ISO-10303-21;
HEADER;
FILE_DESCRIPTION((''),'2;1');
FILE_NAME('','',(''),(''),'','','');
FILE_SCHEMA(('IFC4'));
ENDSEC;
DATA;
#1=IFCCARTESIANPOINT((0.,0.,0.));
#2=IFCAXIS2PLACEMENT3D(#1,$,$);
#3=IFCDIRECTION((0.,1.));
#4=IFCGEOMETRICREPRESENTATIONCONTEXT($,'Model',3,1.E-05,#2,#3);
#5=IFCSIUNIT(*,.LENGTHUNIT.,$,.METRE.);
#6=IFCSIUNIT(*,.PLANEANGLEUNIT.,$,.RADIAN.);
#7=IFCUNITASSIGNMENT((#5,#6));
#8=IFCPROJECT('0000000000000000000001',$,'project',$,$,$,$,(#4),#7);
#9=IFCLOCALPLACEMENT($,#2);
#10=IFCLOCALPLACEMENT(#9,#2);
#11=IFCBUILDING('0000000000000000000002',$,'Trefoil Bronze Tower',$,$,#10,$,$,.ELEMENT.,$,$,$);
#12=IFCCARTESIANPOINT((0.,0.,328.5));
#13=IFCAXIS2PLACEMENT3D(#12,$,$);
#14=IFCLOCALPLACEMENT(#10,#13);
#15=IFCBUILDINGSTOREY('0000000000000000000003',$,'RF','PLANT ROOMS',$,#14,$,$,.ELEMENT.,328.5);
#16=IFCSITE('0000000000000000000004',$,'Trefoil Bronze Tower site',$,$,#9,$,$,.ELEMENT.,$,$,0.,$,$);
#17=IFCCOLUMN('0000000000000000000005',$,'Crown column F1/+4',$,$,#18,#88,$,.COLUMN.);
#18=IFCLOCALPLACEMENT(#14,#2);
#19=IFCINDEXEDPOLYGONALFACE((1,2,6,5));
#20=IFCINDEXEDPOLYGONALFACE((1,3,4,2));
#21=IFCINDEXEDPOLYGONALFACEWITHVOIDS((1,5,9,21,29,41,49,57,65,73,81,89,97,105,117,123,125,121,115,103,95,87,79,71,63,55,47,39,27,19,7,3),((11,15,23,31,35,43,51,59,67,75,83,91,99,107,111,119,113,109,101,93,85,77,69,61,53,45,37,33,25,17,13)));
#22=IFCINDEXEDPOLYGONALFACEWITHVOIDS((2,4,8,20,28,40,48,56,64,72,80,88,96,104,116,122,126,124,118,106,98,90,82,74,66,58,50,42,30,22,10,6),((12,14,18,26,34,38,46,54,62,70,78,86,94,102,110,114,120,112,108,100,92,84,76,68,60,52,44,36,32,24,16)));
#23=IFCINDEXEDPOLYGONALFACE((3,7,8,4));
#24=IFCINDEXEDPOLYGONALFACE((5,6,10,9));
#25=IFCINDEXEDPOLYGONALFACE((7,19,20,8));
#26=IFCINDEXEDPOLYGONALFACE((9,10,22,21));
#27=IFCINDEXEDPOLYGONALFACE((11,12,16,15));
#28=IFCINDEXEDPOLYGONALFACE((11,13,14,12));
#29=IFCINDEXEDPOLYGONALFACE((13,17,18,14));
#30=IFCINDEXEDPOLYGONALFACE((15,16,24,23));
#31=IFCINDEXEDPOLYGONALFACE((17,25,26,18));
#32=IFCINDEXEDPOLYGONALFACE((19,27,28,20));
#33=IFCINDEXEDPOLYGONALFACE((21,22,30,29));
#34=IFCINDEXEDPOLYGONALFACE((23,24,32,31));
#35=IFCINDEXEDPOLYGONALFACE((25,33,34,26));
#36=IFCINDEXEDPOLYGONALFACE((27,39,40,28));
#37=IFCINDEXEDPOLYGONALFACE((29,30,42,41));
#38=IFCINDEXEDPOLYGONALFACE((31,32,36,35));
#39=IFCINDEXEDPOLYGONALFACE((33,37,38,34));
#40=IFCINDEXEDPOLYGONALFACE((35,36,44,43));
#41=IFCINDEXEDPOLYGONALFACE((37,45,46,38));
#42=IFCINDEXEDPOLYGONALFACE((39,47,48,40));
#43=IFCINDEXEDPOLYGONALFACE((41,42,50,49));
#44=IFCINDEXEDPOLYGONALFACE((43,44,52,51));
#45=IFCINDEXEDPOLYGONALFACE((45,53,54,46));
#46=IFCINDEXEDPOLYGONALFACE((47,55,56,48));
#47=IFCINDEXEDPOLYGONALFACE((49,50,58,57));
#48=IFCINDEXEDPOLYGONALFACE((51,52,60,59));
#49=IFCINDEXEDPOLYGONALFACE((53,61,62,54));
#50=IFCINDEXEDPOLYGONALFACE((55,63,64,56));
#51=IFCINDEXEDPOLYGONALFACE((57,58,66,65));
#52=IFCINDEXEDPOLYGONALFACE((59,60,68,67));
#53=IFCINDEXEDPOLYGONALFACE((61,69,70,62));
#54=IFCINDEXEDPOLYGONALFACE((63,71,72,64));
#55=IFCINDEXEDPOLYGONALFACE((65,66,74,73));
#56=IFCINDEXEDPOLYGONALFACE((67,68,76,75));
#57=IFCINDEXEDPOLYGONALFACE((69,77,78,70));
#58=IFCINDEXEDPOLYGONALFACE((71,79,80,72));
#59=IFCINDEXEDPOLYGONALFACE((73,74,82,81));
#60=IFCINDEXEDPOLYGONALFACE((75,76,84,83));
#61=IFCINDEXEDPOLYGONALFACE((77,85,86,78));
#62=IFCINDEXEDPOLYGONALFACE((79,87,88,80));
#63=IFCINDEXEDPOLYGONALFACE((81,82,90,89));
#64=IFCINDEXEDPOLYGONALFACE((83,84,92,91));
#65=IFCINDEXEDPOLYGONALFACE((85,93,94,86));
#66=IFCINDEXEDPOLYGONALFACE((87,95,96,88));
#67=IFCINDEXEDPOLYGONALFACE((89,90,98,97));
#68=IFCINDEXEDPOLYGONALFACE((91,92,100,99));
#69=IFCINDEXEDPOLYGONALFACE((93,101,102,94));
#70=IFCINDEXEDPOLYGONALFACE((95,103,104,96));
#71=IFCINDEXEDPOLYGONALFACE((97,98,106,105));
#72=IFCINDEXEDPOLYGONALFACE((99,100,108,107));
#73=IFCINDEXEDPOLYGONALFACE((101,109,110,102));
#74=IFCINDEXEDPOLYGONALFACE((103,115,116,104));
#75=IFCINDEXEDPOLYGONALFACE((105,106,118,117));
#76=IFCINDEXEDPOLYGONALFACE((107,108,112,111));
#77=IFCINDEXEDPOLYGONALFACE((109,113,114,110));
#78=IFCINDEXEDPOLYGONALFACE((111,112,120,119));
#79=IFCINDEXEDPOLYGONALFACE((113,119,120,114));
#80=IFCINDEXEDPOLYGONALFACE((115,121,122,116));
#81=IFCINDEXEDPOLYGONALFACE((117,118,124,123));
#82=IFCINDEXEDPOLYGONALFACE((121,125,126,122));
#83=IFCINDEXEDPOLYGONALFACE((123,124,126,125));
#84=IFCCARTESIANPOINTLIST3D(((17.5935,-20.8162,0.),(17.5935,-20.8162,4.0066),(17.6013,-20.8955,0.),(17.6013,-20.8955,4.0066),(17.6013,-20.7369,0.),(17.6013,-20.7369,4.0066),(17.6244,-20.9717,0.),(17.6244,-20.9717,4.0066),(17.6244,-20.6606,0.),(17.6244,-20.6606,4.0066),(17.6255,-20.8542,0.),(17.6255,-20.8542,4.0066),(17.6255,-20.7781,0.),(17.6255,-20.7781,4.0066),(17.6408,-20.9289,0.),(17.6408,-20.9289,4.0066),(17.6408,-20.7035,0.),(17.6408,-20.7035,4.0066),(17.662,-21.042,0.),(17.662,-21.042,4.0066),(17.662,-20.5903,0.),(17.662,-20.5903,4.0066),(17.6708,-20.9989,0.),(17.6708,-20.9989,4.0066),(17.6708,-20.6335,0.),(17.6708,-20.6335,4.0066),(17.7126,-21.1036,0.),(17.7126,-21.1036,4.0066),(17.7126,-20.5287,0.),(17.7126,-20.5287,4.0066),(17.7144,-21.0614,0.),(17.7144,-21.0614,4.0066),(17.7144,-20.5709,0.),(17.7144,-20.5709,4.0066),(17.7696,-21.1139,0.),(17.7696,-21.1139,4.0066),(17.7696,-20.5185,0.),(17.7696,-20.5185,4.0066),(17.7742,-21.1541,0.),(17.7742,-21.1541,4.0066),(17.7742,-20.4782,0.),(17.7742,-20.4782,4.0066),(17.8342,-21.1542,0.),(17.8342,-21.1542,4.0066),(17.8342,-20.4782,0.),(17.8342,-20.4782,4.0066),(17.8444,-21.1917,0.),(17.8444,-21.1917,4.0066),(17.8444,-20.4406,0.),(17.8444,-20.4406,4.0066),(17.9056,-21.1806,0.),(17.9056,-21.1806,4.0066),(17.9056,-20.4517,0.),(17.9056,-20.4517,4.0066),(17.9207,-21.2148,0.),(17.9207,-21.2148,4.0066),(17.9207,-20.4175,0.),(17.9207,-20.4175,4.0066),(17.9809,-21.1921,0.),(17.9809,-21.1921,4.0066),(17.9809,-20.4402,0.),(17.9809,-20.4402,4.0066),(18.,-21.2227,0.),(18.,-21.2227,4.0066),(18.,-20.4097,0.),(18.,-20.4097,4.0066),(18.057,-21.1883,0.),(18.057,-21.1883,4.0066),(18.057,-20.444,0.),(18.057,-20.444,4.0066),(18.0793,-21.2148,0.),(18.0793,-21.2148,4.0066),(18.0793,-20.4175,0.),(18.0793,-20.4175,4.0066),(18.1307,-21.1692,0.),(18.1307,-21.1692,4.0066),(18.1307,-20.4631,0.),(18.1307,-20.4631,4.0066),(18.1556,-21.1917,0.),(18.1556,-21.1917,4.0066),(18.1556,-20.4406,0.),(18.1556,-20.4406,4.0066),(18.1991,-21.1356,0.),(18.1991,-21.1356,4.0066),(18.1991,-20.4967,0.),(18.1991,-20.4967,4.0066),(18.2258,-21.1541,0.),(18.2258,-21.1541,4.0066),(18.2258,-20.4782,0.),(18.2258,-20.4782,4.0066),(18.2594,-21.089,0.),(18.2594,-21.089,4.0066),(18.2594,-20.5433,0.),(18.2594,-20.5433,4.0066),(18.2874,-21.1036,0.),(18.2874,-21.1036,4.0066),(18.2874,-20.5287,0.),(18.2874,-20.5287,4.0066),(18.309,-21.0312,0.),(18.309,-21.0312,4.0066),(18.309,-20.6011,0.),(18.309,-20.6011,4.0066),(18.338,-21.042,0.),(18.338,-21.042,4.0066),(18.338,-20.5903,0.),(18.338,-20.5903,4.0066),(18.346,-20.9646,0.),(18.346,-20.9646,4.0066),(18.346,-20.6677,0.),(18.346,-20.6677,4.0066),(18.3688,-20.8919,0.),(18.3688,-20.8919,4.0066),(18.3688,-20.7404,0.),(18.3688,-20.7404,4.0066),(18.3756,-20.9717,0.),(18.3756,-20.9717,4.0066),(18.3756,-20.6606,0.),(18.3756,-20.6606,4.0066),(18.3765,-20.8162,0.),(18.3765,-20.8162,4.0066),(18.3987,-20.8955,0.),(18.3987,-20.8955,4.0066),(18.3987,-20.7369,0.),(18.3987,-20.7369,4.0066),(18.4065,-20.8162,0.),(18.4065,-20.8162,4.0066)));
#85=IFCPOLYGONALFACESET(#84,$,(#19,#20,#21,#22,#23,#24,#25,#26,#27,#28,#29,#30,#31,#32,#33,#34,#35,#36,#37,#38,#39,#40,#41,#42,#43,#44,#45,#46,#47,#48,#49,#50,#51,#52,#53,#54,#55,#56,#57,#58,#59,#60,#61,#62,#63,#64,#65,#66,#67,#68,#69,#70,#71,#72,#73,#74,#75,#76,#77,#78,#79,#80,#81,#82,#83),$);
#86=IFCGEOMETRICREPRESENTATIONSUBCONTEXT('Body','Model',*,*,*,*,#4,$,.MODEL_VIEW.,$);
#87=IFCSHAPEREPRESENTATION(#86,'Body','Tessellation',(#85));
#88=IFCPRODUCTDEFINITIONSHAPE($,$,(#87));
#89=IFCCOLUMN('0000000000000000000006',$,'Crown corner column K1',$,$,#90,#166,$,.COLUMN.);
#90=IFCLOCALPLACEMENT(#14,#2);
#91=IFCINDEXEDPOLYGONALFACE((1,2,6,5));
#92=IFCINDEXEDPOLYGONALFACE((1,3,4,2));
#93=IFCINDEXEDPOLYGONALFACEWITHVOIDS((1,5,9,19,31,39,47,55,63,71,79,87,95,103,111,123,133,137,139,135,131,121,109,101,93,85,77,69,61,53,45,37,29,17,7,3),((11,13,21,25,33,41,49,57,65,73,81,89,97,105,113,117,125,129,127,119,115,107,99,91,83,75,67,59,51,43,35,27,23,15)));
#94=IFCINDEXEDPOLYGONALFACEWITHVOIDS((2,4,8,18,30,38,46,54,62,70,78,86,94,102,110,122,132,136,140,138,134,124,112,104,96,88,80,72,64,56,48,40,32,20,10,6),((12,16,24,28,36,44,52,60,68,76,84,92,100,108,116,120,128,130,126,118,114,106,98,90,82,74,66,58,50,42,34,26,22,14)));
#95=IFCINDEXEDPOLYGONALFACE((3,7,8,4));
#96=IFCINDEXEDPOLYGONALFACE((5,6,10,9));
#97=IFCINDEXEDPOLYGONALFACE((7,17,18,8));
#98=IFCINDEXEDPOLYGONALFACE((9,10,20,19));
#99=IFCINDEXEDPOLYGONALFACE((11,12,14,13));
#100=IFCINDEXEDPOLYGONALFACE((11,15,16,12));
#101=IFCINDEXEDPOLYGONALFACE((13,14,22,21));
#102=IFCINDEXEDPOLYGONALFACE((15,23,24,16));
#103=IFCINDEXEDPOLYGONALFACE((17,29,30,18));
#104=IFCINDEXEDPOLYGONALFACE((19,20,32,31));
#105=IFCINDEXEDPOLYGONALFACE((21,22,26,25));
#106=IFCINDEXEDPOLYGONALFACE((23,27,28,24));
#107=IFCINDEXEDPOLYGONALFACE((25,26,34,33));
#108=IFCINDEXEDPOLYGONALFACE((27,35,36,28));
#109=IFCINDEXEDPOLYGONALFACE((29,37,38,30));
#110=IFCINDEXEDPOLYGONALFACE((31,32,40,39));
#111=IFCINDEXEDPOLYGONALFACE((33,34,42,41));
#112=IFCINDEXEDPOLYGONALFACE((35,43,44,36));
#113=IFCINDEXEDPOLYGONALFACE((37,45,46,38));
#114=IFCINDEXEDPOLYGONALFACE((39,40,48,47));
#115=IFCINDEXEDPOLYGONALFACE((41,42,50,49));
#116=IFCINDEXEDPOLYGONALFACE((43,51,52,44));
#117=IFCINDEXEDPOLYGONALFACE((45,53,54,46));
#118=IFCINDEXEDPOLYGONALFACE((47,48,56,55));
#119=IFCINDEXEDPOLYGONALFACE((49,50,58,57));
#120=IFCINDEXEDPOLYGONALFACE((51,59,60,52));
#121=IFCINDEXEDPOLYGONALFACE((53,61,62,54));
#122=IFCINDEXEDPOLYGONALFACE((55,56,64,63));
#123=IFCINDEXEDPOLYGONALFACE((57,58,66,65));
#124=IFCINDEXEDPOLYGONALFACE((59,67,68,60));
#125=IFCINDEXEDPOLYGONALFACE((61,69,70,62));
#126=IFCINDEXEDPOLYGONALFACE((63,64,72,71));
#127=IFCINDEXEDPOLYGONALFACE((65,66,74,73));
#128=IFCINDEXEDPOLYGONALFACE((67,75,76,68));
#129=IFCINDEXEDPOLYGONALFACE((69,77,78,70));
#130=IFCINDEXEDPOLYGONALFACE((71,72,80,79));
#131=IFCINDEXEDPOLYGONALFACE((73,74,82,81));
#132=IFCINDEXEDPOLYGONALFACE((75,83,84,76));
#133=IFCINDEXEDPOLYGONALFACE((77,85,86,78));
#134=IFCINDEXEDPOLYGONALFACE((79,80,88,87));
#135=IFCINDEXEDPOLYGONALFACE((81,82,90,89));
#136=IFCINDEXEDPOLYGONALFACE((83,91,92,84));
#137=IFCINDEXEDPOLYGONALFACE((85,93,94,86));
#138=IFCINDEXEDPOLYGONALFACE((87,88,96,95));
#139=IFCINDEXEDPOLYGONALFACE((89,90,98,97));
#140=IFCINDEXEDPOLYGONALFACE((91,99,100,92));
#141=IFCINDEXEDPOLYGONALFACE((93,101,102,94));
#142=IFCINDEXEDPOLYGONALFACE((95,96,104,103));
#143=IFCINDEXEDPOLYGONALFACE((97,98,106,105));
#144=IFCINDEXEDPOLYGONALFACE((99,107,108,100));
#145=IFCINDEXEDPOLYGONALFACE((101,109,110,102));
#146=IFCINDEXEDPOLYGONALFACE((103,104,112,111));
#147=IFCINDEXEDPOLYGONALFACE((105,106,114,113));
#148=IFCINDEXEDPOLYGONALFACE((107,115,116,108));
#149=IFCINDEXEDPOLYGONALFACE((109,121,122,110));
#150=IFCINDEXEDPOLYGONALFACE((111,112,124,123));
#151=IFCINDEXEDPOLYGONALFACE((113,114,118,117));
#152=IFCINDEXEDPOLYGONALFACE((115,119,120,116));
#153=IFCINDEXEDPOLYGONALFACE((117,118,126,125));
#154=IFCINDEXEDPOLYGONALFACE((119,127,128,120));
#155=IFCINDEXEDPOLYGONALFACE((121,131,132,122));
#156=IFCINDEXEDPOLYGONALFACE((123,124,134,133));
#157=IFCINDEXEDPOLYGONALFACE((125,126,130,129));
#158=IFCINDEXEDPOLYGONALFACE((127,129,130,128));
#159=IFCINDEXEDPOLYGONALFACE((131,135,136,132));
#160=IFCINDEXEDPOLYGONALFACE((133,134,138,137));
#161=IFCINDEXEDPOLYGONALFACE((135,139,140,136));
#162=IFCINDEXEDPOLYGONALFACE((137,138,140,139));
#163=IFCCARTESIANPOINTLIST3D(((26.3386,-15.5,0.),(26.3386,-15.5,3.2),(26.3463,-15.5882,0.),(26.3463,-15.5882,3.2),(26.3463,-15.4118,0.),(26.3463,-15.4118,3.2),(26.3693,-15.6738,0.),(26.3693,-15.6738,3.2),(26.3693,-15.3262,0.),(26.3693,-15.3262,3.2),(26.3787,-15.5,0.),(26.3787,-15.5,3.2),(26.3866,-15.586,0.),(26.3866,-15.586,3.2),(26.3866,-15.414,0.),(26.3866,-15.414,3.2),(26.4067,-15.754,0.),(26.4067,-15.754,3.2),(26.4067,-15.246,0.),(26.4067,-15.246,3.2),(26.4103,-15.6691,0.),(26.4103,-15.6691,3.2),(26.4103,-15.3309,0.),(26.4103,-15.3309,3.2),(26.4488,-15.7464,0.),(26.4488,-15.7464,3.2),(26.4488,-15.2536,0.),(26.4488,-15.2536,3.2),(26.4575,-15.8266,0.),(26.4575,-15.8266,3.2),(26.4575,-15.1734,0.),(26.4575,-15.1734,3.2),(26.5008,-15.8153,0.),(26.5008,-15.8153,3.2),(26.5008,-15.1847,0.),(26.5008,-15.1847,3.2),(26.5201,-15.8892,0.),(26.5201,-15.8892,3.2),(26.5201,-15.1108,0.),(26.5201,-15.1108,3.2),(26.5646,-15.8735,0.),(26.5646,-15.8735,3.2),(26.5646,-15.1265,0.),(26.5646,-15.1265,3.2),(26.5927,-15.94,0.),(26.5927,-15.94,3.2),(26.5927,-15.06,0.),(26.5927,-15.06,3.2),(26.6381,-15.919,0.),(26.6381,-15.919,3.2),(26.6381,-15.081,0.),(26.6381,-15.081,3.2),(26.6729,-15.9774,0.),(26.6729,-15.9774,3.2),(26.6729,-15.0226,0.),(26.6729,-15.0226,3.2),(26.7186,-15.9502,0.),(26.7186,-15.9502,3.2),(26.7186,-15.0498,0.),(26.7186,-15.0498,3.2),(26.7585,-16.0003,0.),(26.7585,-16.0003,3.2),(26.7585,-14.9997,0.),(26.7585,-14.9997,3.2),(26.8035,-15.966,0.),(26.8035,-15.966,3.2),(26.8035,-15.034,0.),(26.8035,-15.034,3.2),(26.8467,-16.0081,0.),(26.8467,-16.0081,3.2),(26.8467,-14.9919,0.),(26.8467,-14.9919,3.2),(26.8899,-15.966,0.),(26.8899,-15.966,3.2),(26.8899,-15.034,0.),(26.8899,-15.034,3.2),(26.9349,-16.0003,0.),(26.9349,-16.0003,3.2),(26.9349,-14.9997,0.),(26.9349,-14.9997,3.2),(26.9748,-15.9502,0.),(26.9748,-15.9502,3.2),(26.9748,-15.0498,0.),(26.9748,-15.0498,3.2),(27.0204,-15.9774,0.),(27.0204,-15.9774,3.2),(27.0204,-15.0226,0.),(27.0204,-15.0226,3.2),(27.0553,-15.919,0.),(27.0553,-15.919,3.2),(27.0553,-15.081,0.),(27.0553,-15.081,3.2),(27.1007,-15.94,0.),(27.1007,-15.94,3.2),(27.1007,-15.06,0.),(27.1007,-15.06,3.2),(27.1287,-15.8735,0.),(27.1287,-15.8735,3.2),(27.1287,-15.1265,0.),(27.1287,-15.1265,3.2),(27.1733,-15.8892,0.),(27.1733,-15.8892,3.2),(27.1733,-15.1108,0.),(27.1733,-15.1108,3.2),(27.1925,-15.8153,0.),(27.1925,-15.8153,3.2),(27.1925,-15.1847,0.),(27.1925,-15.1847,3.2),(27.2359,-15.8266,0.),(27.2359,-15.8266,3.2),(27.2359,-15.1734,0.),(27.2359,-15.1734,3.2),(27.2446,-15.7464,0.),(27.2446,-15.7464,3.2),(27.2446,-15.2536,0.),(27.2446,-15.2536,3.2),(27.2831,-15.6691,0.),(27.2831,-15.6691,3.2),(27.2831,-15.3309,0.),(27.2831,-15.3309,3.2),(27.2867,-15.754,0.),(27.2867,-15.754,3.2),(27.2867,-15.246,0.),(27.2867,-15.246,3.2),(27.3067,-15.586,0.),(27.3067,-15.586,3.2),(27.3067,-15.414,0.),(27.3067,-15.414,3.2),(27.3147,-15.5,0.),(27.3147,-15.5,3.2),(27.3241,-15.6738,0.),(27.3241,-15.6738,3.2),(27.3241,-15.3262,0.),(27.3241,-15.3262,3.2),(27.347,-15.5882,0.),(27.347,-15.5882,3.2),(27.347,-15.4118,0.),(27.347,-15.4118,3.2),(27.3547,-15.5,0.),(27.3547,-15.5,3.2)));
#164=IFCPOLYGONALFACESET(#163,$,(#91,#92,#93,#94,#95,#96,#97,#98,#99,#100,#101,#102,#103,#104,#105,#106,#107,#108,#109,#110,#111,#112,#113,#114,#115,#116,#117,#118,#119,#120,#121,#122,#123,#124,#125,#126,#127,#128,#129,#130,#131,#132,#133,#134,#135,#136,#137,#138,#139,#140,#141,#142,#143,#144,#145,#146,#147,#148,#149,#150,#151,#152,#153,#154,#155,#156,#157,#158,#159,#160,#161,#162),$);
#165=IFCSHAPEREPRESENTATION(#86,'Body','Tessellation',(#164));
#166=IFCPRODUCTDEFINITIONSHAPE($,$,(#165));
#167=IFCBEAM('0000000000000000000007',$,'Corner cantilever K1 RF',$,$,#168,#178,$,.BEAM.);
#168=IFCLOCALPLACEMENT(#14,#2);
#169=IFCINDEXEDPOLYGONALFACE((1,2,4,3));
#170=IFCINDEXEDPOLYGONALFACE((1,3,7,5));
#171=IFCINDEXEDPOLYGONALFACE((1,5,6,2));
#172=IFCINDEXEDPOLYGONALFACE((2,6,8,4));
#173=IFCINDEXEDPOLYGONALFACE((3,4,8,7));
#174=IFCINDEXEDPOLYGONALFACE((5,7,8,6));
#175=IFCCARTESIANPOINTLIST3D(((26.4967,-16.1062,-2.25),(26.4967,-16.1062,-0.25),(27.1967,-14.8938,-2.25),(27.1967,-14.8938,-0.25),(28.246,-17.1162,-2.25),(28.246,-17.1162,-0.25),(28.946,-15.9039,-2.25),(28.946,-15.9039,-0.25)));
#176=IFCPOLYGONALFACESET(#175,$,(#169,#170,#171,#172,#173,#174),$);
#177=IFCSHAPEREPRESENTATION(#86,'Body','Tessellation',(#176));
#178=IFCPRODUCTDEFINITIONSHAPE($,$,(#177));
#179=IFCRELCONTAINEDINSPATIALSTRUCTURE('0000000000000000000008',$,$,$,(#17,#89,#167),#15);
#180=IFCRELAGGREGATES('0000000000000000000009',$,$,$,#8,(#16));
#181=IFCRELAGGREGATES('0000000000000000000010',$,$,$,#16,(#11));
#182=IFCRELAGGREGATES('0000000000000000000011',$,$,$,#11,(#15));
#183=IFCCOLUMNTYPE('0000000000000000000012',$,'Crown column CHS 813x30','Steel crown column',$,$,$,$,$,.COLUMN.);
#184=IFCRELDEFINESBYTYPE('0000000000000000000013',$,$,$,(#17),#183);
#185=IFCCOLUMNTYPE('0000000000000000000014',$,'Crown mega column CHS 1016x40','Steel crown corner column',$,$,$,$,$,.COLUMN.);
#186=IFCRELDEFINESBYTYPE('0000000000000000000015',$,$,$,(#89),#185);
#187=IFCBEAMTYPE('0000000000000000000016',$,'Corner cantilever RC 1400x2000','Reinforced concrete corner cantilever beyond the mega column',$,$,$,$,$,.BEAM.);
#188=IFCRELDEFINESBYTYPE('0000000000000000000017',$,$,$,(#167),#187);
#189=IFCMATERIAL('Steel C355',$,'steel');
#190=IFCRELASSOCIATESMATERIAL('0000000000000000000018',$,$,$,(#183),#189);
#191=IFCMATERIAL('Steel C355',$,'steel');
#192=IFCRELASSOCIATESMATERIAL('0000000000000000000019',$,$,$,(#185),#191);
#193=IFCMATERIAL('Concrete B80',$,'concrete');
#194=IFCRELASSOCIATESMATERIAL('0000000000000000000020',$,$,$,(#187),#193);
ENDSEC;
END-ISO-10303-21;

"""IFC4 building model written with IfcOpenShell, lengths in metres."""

from ifc_helpers import new_model, si_unit, direction, frame, origin, origin_2d, place, context, subcontext, project, spatial, rectangle, hollow_circle, extrude, material, material_profile, profile_set, type_object, element, save


model = new_model("IFC4")

# Units and contexts
model_context = context("Model", 3, precision=1e-05, world=origin(), true_north=direction((0.0, 1.0)))
body_context = subcontext(model_context, "Body", "Model", "MODEL_VIEW")
ifc_project = project(units=[si_unit("LENGTHUNIT", "METRE"), si_unit("PLANEANGLEUNIT", "RADIAN")], contexts=[model_context])

# Site, building, storey
site_placement = place(None, origin())
site = spatial("IfcSite", under=ifc_project, at=site_placement, Name="Trefoil Bronze Tower site", CompositionType="ELEMENT", RefElevation=0.0)
building_placement = place(site_placement, origin())
building = spatial("IfcBuilding", under=site, at=building_placement, Name="Trefoil Bronze Tower", CompositionType="ELEMENT")
storey_placement = place(building_placement, frame((0.0, 0.0, 328.5)))
storey = spatial("IfcBuildingStorey", under=building, at=storey_placement, Name="RF", Description="PLANT ROOMS", CompositionType="ELEMENT", Elevation=328.5)

# Columns
ifc_material_1 = material(Name="Steel C355", Category="steel")
ifc_material_profile_1 = material_profile(ifc_material_1, hollow_circle(Radius=0.4065, WallThickness=0.03, at=origin_2d()), Name="CHS 813x30")
ifc_profile_set_1 = profile_set([ifc_material_profile_1], Name="Steel C355")
column_type_1 = type_object("IfcColumnType", Name="Crown column CHS 813x30", Description="Steel crown column", PredefinedType="COLUMN", material=ifc_profile_set_1)
column_1_placement = place(storey_placement, frame((18.0, -20.8162, 0.0), z_axis=(0.0, 0.0, 1.0), x_axis=(1.0, 0.0, 0.0)))
element("IfcColumn", 1, at=column_1_placement, inside=storey, type_object=column_type_1, Name="Crown column F1/+4", PredefinedType="COLUMN", context=body_context, shape_type="SweptSolid", body=[
    extrude(hollow_circle(Radius=0.4065, WallThickness=0.03, at=origin_2d()), origin(), (0.0, 0.0, 1.0), 4.0066),
])
ifc_material_2 = material(Name="Steel C355", Category="steel")
ifc_material_profile_2 = material_profile(ifc_material_2, hollow_circle(Radius=0.5081, WallThickness=0.04, at=origin_2d()), Name="CHS 1016x40")
ifc_profile_set_2 = profile_set([ifc_material_profile_2], Name="Steel C355")
column_type_2 = type_object("IfcColumnType", Name="Crown mega column CHS 1016x40", Description="Steel crown corner column", PredefinedType="COLUMN", material=ifc_profile_set_2)
column_2_placement = place(storey_placement, frame((26.8467, -15.5, 0.0), z_axis=(0.0, 0.0, 1.0), x_axis=(1.0, 0.0, 0.0)))
element("IfcColumn", 2, at=column_2_placement, inside=storey, type_object=column_type_2, Name="Crown corner column K1", PredefinedType="COLUMN", context=body_context, shape_type="SweptSolid", body=[
    extrude(hollow_circle(Radius=0.5081, WallThickness=0.04, at=origin_2d()), origin(), (0.0, 0.0, 1.0), 3.2),
])

# Beam
ifc_material_3 = material(Name="Concrete B80", Category="concrete")
ifc_material_profile_3 = material_profile(ifc_material_3, rectangle(XDim=1.3999, YDim=2.0, at=origin_2d()), Name="RC 1400x2000")
ifc_profile_set_3 = profile_set([ifc_material_profile_3], Name="Concrete B80")
beam_type_1 = type_object("IfcBeamType", Name="Corner cantilever RC 1400x2000", Description="Reinforced concrete corner cantilever beyond the mega column", PredefinedType="BEAM", material=ifc_profile_set_3)
beam_1_placement = place(storey_placement, frame((26.8467, -15.5, -1.25), z_axis=(0.86601, -0.500026, 0.0), x_axis=(0.500026, 0.86601, 0.0)))
element("IfcBeam", 3, at=beam_1_placement, inside=storey, type_object=beam_type_1, Name="Corner cantilever K1 RF", PredefinedType="BEAM", context=body_context, shape_type="SweptSolid", body=[
    extrude(rectangle(XDim=1.3999, YDim=2.0, at=origin_2d()), origin(), (0.0, 0.0, 1.0), 2.02),
])

save(model, "model.ifc")
